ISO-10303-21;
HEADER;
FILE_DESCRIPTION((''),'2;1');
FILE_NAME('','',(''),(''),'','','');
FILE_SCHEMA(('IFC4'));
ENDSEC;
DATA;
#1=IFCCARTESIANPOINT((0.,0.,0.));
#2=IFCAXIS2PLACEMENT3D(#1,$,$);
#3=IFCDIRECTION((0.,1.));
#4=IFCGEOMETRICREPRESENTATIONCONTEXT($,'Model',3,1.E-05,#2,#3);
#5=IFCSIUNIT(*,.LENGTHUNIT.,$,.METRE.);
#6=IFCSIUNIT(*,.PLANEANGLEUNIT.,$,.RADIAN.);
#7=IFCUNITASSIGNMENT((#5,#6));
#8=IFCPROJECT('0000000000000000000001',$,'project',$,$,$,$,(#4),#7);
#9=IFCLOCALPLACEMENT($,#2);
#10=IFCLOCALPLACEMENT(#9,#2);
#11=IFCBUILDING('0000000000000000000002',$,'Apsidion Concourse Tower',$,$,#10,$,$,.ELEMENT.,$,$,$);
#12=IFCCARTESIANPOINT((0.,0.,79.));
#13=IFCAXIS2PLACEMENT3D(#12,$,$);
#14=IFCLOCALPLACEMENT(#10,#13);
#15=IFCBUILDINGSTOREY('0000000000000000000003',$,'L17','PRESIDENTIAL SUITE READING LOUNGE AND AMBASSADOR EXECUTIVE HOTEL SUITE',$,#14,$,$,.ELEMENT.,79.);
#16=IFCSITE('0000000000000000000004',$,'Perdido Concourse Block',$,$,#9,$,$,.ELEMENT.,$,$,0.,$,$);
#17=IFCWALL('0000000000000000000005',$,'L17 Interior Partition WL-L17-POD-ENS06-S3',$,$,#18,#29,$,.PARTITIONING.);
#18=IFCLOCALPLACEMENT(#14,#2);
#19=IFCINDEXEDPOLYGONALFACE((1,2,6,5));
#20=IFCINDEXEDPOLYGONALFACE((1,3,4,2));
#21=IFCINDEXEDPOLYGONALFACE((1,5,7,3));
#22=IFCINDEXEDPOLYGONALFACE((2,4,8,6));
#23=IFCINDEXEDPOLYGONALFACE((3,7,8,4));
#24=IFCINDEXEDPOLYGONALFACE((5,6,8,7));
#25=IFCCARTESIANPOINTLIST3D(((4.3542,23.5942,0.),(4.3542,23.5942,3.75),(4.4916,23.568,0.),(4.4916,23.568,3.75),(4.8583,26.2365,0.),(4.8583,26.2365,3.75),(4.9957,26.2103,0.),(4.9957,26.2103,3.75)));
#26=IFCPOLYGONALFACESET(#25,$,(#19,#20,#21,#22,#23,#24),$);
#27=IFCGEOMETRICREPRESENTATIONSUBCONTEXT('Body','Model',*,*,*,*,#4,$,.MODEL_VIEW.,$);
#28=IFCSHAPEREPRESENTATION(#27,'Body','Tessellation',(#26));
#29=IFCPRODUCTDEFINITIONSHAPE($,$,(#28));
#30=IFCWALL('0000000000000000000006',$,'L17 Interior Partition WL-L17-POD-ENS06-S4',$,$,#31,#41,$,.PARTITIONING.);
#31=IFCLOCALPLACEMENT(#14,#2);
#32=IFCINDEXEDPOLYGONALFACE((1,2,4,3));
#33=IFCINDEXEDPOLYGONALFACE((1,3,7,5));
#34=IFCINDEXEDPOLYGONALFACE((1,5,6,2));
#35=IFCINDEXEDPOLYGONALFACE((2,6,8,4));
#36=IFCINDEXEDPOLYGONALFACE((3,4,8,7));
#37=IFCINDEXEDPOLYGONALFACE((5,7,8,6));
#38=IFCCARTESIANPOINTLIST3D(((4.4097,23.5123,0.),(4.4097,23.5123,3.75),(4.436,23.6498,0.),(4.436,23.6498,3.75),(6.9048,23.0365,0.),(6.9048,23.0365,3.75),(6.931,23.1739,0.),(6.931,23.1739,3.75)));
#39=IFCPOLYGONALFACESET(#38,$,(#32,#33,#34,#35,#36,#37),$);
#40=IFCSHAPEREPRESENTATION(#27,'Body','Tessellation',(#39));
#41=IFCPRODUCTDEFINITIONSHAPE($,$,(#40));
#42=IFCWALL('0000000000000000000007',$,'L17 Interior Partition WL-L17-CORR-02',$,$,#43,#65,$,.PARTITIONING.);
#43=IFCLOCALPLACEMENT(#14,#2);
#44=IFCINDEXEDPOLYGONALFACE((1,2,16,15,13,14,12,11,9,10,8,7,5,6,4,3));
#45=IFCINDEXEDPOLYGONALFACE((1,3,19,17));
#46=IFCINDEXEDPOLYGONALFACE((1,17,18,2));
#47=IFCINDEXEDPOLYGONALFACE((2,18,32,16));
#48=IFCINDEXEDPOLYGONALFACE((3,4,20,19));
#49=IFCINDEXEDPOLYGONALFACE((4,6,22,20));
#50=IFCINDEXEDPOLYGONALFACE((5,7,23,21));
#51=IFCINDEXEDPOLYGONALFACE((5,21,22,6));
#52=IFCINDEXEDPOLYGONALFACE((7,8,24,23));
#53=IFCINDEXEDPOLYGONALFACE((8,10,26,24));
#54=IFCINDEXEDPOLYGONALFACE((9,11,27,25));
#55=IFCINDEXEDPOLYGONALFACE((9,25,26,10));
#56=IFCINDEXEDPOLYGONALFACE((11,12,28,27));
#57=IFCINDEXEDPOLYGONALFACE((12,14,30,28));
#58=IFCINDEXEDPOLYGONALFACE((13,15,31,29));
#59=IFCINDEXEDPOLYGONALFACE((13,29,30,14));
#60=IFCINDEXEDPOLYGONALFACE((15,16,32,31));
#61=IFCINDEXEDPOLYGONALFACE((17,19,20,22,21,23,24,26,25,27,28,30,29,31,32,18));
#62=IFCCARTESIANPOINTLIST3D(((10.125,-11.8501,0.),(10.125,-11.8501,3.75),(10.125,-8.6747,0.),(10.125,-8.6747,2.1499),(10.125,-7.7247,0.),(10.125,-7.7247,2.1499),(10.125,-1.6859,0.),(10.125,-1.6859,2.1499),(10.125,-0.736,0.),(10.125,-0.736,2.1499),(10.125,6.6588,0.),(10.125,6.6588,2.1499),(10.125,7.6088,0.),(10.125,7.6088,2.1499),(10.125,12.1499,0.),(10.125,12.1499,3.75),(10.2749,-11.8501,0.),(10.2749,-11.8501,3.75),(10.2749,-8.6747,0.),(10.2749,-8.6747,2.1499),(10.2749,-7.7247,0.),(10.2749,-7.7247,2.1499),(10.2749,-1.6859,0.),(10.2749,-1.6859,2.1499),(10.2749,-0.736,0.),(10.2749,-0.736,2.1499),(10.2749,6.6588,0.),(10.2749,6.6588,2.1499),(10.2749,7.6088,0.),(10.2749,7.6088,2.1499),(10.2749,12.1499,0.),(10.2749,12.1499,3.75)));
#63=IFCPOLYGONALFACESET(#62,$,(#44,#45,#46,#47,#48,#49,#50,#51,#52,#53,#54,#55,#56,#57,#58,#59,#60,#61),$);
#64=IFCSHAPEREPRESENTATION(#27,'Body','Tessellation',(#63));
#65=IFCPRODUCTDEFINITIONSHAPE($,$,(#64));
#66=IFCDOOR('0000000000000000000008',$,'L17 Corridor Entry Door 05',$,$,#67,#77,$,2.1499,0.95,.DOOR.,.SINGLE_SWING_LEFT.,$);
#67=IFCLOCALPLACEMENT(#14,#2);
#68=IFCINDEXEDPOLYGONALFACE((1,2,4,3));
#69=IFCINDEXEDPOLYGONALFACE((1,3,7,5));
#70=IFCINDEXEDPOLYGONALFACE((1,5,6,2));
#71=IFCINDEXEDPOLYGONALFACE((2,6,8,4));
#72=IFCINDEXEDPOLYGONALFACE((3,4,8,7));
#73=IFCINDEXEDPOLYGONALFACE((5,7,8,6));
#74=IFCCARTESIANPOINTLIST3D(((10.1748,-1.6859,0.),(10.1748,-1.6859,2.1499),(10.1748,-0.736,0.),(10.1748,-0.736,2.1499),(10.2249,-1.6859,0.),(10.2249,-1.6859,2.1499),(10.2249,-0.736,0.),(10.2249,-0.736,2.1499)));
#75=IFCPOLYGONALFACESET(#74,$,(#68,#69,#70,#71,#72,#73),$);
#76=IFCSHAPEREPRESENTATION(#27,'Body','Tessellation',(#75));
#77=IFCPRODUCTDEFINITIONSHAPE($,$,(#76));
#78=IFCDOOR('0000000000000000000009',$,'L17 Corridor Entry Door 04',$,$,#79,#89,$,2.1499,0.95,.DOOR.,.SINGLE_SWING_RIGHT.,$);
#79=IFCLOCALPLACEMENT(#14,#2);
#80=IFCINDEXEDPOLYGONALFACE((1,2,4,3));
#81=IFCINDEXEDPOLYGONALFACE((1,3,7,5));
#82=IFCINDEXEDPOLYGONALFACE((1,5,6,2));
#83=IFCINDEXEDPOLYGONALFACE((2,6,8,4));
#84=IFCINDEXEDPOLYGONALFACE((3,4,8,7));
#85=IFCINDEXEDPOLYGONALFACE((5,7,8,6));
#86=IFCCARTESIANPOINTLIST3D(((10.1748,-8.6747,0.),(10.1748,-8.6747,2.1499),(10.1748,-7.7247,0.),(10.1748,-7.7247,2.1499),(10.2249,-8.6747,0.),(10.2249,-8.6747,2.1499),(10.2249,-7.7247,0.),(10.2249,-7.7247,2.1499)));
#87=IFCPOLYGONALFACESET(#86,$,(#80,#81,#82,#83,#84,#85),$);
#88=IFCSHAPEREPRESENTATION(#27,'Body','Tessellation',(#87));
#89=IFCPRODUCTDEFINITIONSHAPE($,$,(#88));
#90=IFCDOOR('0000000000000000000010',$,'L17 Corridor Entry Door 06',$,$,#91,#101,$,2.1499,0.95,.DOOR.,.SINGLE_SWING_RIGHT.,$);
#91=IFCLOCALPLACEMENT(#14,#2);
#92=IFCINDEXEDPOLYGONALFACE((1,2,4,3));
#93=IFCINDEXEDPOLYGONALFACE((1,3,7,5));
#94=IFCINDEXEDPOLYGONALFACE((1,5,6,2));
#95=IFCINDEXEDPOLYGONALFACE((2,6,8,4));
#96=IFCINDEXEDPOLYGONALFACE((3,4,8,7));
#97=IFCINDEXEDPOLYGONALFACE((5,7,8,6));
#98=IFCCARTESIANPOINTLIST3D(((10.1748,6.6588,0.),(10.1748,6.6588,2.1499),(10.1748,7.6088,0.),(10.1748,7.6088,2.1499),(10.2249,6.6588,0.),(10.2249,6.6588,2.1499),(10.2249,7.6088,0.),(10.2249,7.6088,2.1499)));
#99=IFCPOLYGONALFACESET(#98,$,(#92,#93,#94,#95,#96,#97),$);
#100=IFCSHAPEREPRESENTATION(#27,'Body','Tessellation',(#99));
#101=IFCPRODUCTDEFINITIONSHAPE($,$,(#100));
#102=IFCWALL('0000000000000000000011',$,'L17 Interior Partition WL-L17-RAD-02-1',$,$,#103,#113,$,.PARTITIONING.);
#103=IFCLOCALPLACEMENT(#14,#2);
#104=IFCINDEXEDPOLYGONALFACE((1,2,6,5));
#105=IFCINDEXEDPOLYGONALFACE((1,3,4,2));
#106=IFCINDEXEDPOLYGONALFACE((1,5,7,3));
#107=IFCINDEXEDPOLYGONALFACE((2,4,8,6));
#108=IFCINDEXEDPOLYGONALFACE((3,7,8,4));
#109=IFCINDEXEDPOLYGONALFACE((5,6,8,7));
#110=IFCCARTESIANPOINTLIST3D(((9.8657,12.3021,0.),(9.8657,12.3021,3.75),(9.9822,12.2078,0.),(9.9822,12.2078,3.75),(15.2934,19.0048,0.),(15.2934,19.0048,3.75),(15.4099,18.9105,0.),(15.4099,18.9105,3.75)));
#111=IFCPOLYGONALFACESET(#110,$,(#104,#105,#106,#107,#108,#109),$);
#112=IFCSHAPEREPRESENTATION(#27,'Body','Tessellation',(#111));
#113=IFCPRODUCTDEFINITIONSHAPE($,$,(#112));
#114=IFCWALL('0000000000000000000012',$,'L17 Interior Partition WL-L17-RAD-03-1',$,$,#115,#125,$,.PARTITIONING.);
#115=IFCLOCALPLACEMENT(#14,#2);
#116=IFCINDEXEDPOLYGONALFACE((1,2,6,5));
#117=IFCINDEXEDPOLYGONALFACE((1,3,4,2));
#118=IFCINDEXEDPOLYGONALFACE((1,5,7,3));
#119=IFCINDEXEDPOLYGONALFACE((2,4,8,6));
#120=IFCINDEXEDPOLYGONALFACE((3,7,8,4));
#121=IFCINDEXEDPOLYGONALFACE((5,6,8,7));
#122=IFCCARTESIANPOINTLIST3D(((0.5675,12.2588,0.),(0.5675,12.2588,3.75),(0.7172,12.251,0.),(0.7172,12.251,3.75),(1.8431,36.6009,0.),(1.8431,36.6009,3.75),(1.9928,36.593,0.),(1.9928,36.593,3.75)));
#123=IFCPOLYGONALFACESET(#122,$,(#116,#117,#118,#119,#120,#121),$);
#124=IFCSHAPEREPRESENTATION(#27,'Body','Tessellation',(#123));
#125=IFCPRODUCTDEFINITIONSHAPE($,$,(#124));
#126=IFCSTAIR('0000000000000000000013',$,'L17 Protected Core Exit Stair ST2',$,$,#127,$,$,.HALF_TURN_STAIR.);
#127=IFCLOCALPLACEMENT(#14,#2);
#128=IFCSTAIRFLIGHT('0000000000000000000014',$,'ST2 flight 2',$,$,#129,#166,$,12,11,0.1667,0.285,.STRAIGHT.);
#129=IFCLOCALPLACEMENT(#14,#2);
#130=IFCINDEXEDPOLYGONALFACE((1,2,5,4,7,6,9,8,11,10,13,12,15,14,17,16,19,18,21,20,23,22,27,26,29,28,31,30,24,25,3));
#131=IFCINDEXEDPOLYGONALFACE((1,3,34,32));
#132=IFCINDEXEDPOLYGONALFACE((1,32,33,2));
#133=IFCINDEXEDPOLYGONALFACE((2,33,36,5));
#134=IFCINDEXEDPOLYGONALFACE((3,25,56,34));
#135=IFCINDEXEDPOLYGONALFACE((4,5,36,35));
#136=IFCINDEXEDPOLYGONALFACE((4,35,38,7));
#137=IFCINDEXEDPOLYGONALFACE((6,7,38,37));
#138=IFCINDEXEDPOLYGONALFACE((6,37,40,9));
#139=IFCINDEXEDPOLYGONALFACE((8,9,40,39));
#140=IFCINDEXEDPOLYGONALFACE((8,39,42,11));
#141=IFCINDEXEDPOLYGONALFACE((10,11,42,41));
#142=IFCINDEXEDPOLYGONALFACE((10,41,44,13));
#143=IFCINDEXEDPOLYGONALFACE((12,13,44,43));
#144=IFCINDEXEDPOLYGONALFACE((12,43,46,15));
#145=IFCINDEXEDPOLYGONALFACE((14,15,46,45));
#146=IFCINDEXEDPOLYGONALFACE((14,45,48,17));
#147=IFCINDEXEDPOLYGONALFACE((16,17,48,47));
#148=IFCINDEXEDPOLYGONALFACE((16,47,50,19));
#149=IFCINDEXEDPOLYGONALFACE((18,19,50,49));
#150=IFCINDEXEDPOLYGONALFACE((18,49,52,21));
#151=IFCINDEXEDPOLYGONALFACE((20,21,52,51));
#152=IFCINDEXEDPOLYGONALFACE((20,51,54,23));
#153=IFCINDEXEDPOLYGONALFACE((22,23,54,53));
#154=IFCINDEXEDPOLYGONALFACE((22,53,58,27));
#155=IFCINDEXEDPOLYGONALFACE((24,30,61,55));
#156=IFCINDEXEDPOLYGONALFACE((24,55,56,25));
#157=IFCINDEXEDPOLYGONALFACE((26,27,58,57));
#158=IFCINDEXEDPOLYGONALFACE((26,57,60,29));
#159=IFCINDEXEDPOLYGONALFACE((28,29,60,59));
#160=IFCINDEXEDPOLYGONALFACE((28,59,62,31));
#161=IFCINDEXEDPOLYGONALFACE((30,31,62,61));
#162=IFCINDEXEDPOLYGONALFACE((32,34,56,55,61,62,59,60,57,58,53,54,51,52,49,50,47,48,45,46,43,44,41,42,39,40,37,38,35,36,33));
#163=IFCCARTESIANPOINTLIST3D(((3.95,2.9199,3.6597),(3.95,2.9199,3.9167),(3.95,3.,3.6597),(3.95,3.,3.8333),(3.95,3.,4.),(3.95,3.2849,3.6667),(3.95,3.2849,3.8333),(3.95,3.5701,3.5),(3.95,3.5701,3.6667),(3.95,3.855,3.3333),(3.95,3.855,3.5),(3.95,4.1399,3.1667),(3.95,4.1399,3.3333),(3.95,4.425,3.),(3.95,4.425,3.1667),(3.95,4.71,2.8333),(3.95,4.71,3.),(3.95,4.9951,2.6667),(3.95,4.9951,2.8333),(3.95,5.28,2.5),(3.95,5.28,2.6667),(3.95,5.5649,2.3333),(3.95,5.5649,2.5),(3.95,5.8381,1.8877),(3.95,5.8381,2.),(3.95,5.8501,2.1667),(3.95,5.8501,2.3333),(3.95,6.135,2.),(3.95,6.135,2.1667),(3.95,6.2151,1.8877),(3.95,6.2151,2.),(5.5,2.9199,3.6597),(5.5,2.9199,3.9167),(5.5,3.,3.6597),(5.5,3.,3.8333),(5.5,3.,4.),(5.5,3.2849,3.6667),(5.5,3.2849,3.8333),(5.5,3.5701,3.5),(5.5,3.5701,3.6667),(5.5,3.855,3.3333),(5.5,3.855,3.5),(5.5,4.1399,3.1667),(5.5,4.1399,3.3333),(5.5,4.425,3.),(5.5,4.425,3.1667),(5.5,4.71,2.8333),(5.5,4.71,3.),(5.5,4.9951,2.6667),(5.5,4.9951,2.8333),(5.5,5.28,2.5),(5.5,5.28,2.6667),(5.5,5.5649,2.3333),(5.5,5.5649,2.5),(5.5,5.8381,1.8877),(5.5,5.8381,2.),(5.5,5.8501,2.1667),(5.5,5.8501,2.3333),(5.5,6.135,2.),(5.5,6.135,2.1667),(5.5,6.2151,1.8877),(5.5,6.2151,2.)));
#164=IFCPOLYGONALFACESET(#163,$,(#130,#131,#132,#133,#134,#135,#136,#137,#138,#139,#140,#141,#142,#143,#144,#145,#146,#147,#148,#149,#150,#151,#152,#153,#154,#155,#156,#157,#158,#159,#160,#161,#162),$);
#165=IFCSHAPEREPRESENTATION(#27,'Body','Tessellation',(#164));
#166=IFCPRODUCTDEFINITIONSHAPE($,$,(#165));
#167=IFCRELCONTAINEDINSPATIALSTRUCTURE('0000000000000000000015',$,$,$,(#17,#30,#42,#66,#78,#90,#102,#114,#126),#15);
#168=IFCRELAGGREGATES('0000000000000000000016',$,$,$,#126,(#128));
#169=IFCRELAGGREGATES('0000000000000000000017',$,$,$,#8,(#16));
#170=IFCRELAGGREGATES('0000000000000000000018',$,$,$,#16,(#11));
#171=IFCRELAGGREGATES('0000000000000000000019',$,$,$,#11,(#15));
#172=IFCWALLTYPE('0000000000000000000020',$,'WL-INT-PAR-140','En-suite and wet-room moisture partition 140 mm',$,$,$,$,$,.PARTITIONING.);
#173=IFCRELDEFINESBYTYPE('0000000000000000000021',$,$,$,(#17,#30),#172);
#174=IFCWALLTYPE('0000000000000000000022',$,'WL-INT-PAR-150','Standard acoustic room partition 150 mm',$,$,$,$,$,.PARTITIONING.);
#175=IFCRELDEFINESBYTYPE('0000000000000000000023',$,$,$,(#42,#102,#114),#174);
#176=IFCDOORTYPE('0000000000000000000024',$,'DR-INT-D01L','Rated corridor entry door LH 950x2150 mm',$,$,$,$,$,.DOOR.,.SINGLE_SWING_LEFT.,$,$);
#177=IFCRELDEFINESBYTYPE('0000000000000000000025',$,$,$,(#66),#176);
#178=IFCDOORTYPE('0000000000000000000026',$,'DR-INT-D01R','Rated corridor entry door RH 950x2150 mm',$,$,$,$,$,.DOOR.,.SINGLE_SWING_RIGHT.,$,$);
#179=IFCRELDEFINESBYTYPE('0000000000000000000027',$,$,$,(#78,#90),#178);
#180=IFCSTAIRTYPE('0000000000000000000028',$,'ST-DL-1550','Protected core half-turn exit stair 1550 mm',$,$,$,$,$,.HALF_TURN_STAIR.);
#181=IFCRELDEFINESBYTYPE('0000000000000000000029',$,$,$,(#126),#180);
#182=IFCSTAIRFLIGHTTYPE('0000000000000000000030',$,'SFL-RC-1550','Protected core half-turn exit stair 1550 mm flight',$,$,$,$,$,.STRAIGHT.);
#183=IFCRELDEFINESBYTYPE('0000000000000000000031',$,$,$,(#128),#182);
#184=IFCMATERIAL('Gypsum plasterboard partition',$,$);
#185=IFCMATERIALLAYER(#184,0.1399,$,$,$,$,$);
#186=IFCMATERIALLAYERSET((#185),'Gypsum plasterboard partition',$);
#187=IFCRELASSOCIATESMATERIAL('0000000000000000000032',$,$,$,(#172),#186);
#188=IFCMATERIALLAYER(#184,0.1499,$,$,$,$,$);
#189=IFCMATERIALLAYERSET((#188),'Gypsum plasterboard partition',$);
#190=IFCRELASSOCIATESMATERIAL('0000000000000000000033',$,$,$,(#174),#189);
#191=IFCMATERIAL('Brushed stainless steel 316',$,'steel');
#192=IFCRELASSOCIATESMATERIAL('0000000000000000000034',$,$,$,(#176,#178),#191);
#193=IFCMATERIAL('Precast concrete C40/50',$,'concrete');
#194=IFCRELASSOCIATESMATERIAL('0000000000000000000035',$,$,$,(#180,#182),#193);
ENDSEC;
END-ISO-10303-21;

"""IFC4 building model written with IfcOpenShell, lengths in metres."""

from ifc_helpers import new_model, si_unit, direction, frame, frame_2d, origin, place, context, subcontext, project, spatial, polyline, rectangle, outline, extrude, material, layer, layer_set, type_object, element, fill, aggregate, save


model = new_model("IFC4")

# Units and contexts
model_context = context("Model", 3, precision=1e-05, world=origin(), true_north=direction((0.0, 1.0)))
body_context = subcontext(model_context, "Body", "Model", "MODEL_VIEW")
ifc_project = project(units=[si_unit("LENGTHUNIT", "METRE"), si_unit("PLANEANGLEUNIT", "RADIAN")], contexts=[model_context])

# Site, building, storey
site_placement = place(None, origin())
site = spatial("IfcSite", under=ifc_project, at=site_placement, Name="Perdido Concourse Block", CompositionType="ELEMENT", RefElevation=0.0)
building_placement = place(site_placement, origin())
building = spatial("IfcBuilding", under=site, at=building_placement, Name="Apsidion Concourse Tower", CompositionType="ELEMENT")
storey_placement = place(building_placement, frame((0.0, 0.0, 79.0)))
storey = spatial("IfcBuildingStorey", under=building, at=storey_placement, Name="L17", Description="PRESIDENTIAL SUITE READING LOUNGE AND AMBASSADOR EXECUTIVE HOTEL SUITE", CompositionType="ELEMENT", Elevation=79.0)

# Shared definitions
ifc_material_1 = material(Name="Gypsum plasterboard partition")
ifc_layer_1 = layer(ifc_material_1, 0.1399)
ifc_layer_set_1 = layer_set([ifc_layer_1], Name="Gypsum plasterboard partition")
wall_type_1 = type_object("IfcWallType", Name="WL-INT-PAR-140", Description="En-suite and wet-room moisture partition 140 mm", PredefinedType="PARTITIONING", material=ifc_layer_set_1)

# Walls
wall_1_placement = place(storey_placement, frame((4.927, 26.2234, 0.0), z_axis=(0.0, 0.0, 1.0), x_axis=(-0.187417, -0.982281, 0.0)))
element("IfcWall", 1, at=wall_1_placement, inside=storey, type_object=wall_type_1, Name="L17 Interior Partition WL-L17-POD-ENS06-S3", PredefinedType="PARTITIONING", context=body_context, shape_type="SweptSolid", body=[
    extrude(rectangle(XDim=2.6899, YDim=0.1399, at=frame_2d((1.345, 0.0))), origin(), (0.0, 0.0, 1.0), 3.75),
])
wall_2_placement = place(storey_placement, frame((4.4229, 23.5811, 0.0), z_axis=(0.0, 0.0, 1.0), x_axis=(0.982297, -0.187329, 0.0)))
element("IfcWall", 2, at=wall_2_placement, inside=storey, type_object=wall_type_1, Name="L17 Interior Partition WL-L17-POD-ENS06-S4", PredefinedType="PARTITIONING", context=body_context, shape_type="SweptSolid", body=[
    extrude(rectangle(XDim=2.54, YDim=0.1399, at=frame_2d((1.27, 0.0))), origin(), (0.0, 0.0, 1.0), 3.75),
])

# Wall, openings, doors
ifc_layer_2 = layer(ifc_material_1, 0.1499)
ifc_layer_set_2 = layer_set([ifc_layer_2], Name="Gypsum plasterboard partition")
wall_type_2 = type_object("IfcWallType", Name="WL-INT-PAR-150", Description="Standard acoustic room partition 150 mm", PredefinedType="PARTITIONING", material=ifc_layer_set_2)
wall_3_placement = place(storey_placement, frame((10.2, 12.1499, 0.0), z_axis=(0.0, 0.0, 1.0), x_axis=(0.0, -1.0, 0.0)))
wall_3 = element("IfcWall", 3, at=wall_3_placement, inside=storey, type_object=wall_type_2, Name="L17 Interior Partition WL-L17-CORR-02", PredefinedType="PARTITIONING", context=body_context, shape_type="SweptSolid", body=[
    extrude(rectangle(XDim=24.0, YDim=0.1499, at=frame_2d((12.0, 0.0))), origin(), (0.0, 0.0, 1.0), 3.75),
])
opening_1_placement = place(wall_3_placement, frame((19.8745, 0.0, 0.0)))
opening_1 = element("IfcOpeningElement", 4, at=opening_1_placement, cuts=wall_3, PredefinedType="OPENING", context=body_context, shape_type="SweptSolid", body=[
    extrude(rectangle(XDim=0.95, YDim=2.1499, at=frame_2d((0.4751, 1.075))), frame((0.0, 0.085, 0.0), z_axis=(0.0, -1.0, 0.0), x_axis=(1.0, 0.0, 0.0)), (0.0, 0.0, 1.0), 0.1699),
])
opening_2_placement = place(wall_3_placement, frame((12.8857, 0.0, 0.0)))
opening_2 = element("IfcOpeningElement", 5, at=opening_2_placement, cuts=wall_3, PredefinedType="OPENING", context=body_context, shape_type="SweptSolid", body=[
    extrude(rectangle(XDim=0.95, YDim=2.1499, at=frame_2d((0.4751, 1.075))), frame((0.0, 0.085, 0.0), z_axis=(0.0, -1.0, 0.0), x_axis=(1.0, 0.0, 0.0)), (0.0, 0.0, 1.0), 0.1699),
])
opening_3_placement = place(wall_3_placement, frame((4.541, 0.0, 0.0)))
opening_3 = element("IfcOpeningElement", 6, at=opening_3_placement, cuts=wall_3, PredefinedType="OPENING", context=body_context, shape_type="SweptSolid", body=[
    extrude(rectangle(XDim=0.95, YDim=2.1499, at=frame_2d((0.4751, 1.075))), frame((0.0, 0.085, 0.0), z_axis=(0.0, -1.0, 0.0), x_axis=(1.0, 0.0, 0.0)), (0.0, 0.0, 1.0), 0.1699),
])
ifc_material_2 = material(Name="Brushed stainless steel 316", Category="steel")
door_type_1 = type_object("IfcDoorType", Name="DR-INT-D01L", Description="Rated corridor entry door LH 950x2150 mm", OperationType="SINGLE_SWING_LEFT", PredefinedType="DOOR", material=ifc_material_2)
door_1_placement = place(opening_2_placement, origin())
door_1 = element("IfcDoor", 7, at=door_1_placement, inside=storey, type_object=door_type_1, Name="L17 Corridor Entry Door 05", OperationType="SINGLE_SWING_LEFT", OverallHeight=2.1499, OverallWidth=0.95, PredefinedType="DOOR", context=body_context, shape_type="SweptSolid", body=[
    extrude(rectangle(XDim=0.95, YDim=2.1499, at=frame_2d((0.4751, 1.075))), frame((0.0, 0.0249, 0.0), z_axis=(0.0, -1.0, 0.0), x_axis=(1.0, 0.0, 0.0)), (0.0, 0.0, 1.0), 0.05),
])
fill(opening_2, door_1)
door_type_2 = type_object("IfcDoorType", Name="DR-INT-D01R", Description="Rated corridor entry door RH 950x2150 mm", OperationType="SINGLE_SWING_RIGHT", PredefinedType="DOOR", material=ifc_material_2)
door_2_placement = place(opening_1_placement, origin())
door_2 = element("IfcDoor", 8, at=door_2_placement, inside=storey, type_object=door_type_2, Name="L17 Corridor Entry Door 04", OperationType="SINGLE_SWING_RIGHT", OverallHeight=2.1499, OverallWidth=0.95, PredefinedType="DOOR", context=body_context, shape_type="SweptSolid", body=[
    extrude(rectangle(XDim=0.95, YDim=2.1499, at=frame_2d((0.4751, 1.075))), frame((0.0, 0.0249, 0.0), z_axis=(0.0, -1.0, 0.0), x_axis=(1.0, 0.0, 0.0)), (0.0, 0.0, 1.0), 0.05),
])
fill(opening_1, door_2)
door_3_placement = place(opening_3_placement, origin())
door_3 = element("IfcDoor", 9, at=door_3_placement, inside=storey, type_object=door_type_2, Name="L17 Corridor Entry Door 06", OperationType="SINGLE_SWING_RIGHT", OverallHeight=2.1499, OverallWidth=0.95, PredefinedType="DOOR", context=body_context, shape_type="SweptSolid", body=[
    extrude(rectangle(XDim=0.95, YDim=2.1499, at=frame_2d((0.4751, 1.075))), frame((0.0, 0.0249, 0.0), z_axis=(0.0, -1.0, 0.0), x_axis=(1.0, 0.0, 0.0)), (0.0, 0.0, 1.0), 0.05),
])
fill(opening_3, door_3)

# Walls
wall_4_placement = place(storey_placement, frame((9.9238, 12.2549, 0.0), z_axis=(0.0, 0.0, 1.0), x_axis=(0.629324, 0.777143, 0.0)))
element("IfcWall", 10, at=wall_4_placement, inside=storey, type_object=wall_type_2, Name="L17 Interior Partition WL-L17-RAD-02-1", PredefinedType="PARTITIONING", context=body_context, shape_type="SweptSolid", body=[
    extrude(rectangle(XDim=8.6248, YDim=0.1499, at=frame_2d((4.3125, 0.0))), origin(), (0.0, 0.0, 1.0), 3.75),
])
wall_5_placement = place(storey_placement, frame((0.6423, 12.2549, 0.0), z_axis=(0.0, 0.0, 1.0), x_axis=(0.052333, 0.99863, 0.0)))
element("IfcWall", 11, at=wall_5_placement, inside=storey, type_object=wall_type_2, Name="L17 Interior Partition WL-L17-RAD-03-1", PredefinedType="PARTITIONING", context=body_context, shape_type="SweptSolid", body=[
    extrude(rectangle(XDim=24.3755, YDim=0.1499, at=frame_2d((12.1877, 0.0))), origin(), (0.0, 0.0, 1.0), 3.75),
])

# Stair, stair flight
ifc_material_3 = material(Name="Precast concrete C40/50", Category="concrete")
stair_type = type_object("IfcStairType", Name="ST-DL-1550", Description="Protected core half-turn exit stair 1550 mm", PredefinedType="HALF_TURN_STAIR", material=ifc_material_3)
stair_placement = place(storey_placement, origin())
stair = element("IfcStair", 12, at=stair_placement, inside=storey, type_object=stair_type, Name="L17 Protected Core Exit Stair ST2", PredefinedType="HALF_TURN_STAIR")
stair_flight_type = type_object("IfcStairFlightType", Name="SFL-RC-1550", Description="Protected core half-turn exit stair 1550 mm flight", PredefinedType="STRAIGHT", material=ifc_material_3)
stair_flight_placement = place(storey_placement, frame((4.7251, 6.135, 2.0), z_axis=(0.0, 0.0, 1.0), x_axis=(0.0, -1.0, 0.0)))
stair_flight = element("IfcStairFlight", 13, at=stair_flight_placement, type_object=stair_flight_type, Name="ST2 flight 2", NumberOfRisers=12, NumberOfTreads=11, PredefinedType="STRAIGHT", RiserHeight=0.1667, TreadLength=0.285, context=body_context, shape_type="SweptSolid", body=[
    extrude(outline(polyline([(-0.0801, -0.1123), (-0.0801, 0.0), (0.0, 0.0), (0.0, 0.1667), (0.2849, 0.1667), (0.2849, 0.3333), (0.5701, 0.3333), (0.5701, 0.5), (0.855, 0.5), (0.855, 0.6667), (1.1399, 0.6667), (1.1399, 0.8333), (1.425, 0.8333), (1.425, 1.0), (1.71, 1.0), (1.71, 1.1667), (1.9951, 1.1667), (1.9951, 1.3333), (2.28, 1.3333), (2.28, 1.5), (2.5649, 1.5), (2.5649, 1.6667), (2.8501, 1.6667), (2.8501, 1.8333), (3.135, 1.8333), (3.135, 2.0), (3.2151, 1.9167), (3.2151, 1.6597), (3.135, 1.6597), (0.2969, 0.0), (0.2969, -0.1123), (-0.0801, -0.1123)])), frame((0.0, 0.7749, 0.0), z_axis=(0.0, -1.0, 0.0), x_axis=(1.0, 0.0, 0.0)), (0.0, 0.0, 1.0), 1.55),
])
aggregate(stair, [stair_flight])

save(model, "model.ifc")
